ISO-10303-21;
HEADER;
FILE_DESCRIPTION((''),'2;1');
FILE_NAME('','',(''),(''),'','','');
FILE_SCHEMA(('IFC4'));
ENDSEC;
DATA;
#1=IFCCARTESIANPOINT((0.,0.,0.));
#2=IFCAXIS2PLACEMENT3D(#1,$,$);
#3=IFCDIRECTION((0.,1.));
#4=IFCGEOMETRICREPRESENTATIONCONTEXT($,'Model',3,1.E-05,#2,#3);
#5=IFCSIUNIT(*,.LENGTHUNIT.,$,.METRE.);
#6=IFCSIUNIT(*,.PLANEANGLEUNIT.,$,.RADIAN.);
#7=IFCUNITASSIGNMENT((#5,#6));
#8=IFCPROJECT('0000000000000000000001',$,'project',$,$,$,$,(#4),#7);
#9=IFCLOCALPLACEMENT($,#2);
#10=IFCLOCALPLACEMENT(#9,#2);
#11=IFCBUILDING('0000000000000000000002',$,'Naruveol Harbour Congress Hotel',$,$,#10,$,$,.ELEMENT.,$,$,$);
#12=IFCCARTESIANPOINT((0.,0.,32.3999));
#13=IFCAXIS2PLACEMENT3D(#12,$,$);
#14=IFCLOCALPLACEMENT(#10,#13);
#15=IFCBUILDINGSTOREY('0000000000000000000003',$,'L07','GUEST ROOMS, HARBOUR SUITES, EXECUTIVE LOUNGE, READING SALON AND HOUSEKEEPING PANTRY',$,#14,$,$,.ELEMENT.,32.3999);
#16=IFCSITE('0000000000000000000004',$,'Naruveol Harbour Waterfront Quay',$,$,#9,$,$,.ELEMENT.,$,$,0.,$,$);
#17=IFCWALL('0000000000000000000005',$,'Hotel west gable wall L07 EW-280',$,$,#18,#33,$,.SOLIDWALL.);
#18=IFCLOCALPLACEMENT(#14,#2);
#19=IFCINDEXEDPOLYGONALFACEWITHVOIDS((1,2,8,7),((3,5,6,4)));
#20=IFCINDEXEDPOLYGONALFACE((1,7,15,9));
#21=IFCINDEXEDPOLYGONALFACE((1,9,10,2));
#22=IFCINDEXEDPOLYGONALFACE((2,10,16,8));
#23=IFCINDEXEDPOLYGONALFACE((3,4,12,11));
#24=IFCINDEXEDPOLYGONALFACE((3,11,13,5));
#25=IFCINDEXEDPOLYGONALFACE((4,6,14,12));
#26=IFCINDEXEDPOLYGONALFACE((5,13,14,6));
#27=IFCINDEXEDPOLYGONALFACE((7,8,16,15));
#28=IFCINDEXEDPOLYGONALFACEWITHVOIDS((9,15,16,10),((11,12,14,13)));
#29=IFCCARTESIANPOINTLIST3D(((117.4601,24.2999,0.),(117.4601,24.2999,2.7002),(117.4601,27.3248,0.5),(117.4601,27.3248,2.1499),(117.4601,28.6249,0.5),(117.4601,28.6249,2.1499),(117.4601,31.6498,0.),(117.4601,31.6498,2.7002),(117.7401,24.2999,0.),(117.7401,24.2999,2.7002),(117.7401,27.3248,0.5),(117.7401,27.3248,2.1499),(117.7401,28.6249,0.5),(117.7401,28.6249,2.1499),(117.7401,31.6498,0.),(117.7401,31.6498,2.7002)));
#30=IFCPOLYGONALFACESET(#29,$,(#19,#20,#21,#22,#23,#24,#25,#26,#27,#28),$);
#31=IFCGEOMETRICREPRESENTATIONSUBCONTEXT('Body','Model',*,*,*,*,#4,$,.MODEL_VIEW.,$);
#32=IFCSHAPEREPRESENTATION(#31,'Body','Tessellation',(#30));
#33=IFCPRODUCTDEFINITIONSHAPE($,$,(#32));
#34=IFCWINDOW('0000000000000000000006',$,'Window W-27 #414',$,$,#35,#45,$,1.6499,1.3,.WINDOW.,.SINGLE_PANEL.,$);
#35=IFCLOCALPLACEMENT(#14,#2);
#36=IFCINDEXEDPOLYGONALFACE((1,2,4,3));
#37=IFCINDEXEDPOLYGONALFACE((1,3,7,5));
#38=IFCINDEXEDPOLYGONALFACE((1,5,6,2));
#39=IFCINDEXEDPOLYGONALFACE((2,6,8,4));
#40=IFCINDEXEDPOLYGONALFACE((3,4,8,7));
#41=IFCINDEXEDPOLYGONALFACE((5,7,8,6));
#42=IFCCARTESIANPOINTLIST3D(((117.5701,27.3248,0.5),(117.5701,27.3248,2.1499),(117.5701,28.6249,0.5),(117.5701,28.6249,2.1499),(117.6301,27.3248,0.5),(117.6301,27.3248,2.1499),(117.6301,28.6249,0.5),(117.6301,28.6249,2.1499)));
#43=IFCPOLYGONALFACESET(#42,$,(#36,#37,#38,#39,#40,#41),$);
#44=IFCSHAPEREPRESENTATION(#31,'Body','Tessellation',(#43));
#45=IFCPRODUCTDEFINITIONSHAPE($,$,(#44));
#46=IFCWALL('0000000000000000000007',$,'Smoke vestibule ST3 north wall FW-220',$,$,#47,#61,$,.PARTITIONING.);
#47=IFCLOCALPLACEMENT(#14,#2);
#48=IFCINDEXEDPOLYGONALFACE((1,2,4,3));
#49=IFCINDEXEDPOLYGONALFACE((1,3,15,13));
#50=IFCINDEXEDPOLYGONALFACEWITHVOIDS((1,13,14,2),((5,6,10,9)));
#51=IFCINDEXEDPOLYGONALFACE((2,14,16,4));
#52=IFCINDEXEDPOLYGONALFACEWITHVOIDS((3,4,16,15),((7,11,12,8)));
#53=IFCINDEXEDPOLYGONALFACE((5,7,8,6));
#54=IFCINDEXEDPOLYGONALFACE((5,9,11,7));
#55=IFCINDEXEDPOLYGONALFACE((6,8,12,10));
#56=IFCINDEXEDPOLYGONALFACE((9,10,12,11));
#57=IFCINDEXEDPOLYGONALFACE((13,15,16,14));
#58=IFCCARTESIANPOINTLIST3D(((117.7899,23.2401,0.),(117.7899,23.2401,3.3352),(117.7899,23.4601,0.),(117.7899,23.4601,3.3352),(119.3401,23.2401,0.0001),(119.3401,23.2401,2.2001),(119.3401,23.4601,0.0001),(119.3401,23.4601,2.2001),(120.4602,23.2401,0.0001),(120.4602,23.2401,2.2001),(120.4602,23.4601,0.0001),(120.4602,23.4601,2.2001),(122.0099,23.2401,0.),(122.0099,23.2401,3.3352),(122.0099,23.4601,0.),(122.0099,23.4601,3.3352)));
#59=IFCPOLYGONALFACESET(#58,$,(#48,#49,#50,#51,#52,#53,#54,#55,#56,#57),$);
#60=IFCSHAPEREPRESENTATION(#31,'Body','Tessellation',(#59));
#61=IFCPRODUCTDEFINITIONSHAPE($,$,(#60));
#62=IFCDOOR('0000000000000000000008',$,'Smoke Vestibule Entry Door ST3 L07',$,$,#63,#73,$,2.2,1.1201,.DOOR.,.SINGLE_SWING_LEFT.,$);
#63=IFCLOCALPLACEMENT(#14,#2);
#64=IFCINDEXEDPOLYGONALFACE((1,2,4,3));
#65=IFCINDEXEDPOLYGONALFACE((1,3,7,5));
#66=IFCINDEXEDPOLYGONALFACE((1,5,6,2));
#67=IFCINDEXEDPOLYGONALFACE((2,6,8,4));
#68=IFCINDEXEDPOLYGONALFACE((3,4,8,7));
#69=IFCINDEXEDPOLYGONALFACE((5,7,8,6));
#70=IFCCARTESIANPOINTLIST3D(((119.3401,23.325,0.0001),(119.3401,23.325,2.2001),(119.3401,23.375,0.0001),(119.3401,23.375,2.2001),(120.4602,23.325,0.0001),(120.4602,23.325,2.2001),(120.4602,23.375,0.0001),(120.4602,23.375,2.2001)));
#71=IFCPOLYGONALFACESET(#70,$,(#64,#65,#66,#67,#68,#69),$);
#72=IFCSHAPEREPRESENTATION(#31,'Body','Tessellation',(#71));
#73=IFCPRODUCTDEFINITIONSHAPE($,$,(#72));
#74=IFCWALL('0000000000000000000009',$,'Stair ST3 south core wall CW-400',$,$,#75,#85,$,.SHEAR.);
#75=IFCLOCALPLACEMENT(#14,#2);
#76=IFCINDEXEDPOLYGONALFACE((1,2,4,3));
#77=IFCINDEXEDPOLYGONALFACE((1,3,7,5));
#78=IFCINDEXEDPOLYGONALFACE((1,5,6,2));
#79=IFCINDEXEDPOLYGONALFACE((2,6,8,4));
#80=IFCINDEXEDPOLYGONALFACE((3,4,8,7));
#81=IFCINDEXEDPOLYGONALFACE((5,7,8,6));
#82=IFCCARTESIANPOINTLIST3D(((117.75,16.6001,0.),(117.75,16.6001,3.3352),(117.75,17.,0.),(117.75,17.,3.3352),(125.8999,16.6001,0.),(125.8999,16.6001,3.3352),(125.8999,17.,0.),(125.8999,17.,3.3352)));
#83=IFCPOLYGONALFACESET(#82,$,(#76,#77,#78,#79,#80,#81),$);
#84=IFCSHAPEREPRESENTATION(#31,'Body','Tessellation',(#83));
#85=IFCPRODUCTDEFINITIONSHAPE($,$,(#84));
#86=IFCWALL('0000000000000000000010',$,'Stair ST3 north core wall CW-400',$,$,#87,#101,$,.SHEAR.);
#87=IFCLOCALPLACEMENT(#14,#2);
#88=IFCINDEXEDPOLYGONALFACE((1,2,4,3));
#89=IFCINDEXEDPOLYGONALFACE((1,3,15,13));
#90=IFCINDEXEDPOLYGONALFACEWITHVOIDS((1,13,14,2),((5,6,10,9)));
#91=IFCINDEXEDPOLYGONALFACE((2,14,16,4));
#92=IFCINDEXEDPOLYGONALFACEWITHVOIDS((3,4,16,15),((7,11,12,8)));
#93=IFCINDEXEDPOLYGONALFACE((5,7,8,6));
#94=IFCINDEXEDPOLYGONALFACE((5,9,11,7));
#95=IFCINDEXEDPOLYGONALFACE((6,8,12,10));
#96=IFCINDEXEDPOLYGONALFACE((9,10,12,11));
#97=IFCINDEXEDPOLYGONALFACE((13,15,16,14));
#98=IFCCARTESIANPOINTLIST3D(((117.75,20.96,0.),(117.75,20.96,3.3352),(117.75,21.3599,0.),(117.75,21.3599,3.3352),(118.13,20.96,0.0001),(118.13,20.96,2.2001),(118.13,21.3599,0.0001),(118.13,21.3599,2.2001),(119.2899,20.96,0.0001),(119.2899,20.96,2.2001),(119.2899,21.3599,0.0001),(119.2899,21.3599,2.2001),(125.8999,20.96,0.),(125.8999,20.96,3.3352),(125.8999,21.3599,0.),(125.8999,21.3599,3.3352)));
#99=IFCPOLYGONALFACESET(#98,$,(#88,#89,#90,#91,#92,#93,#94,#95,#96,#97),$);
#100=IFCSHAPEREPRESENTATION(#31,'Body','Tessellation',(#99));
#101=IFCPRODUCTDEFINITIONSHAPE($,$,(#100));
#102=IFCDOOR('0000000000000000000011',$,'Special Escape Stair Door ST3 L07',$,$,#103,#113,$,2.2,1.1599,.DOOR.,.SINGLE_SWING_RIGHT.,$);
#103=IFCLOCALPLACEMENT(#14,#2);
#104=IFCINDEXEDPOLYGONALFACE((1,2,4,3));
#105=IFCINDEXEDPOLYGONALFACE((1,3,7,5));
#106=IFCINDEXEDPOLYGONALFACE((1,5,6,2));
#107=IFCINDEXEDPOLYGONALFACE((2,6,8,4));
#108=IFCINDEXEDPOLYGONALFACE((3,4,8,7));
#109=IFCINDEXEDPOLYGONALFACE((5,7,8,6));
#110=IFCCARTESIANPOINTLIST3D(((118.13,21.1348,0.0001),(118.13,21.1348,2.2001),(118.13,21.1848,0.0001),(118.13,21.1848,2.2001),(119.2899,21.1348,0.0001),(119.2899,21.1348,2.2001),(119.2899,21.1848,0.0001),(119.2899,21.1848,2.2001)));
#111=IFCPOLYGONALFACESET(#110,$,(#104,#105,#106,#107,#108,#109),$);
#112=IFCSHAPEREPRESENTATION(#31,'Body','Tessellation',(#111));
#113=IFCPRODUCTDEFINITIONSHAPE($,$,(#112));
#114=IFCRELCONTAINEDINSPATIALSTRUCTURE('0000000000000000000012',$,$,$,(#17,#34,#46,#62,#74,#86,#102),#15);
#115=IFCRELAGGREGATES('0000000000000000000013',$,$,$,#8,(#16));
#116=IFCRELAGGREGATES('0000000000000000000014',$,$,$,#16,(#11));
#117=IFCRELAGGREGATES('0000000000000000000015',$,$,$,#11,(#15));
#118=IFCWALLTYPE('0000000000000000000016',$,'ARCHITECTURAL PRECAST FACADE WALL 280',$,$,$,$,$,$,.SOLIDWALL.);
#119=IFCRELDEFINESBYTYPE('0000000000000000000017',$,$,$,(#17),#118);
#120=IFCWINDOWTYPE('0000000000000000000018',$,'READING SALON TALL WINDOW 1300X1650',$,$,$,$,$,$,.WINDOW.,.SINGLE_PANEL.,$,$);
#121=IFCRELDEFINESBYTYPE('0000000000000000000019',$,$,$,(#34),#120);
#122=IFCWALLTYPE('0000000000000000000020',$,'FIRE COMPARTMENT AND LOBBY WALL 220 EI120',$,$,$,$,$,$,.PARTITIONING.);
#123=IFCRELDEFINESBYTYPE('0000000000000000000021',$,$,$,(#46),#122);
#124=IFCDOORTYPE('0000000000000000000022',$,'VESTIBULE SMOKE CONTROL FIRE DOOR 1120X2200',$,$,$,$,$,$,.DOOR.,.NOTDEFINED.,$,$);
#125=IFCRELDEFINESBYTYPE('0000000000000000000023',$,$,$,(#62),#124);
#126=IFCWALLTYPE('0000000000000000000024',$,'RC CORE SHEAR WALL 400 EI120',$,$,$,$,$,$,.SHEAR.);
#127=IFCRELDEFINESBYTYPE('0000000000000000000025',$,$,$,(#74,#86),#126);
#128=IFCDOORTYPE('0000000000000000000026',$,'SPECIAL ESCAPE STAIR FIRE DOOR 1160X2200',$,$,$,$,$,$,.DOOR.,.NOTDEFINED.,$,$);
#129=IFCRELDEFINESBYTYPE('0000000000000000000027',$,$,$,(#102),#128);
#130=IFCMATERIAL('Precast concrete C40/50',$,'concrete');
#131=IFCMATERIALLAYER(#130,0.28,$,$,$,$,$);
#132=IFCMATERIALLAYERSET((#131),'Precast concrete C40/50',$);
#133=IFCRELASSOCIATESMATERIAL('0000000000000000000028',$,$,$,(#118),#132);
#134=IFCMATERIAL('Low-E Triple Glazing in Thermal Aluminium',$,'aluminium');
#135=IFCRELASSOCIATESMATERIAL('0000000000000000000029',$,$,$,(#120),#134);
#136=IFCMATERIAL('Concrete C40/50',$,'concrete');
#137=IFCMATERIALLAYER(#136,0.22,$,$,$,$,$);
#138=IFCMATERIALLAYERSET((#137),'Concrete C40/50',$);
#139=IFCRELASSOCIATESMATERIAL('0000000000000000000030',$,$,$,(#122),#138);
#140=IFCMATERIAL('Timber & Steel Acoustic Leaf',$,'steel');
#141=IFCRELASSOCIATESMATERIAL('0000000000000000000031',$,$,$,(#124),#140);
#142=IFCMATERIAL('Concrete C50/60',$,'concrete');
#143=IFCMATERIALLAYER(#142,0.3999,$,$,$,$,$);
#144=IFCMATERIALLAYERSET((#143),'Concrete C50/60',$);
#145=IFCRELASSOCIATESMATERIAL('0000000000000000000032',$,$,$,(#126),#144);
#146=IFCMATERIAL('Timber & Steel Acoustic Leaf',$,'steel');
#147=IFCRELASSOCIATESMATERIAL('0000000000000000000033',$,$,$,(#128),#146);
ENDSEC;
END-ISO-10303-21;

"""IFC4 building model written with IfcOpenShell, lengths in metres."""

from ifc_helpers import new_model, si_unit, direction, frame, frame_2d, origin, place, context, subcontext, project, spatial, rectangle, extrude, material, layer, layer_set, type_object, element, fill, save


model = new_model("IFC4")

# Units and contexts
model_context = context("Model", 3, precision=1e-05, world=origin(), true_north=direction((0.0, 1.0)))
body_context = subcontext(model_context, "Body", "Model", "MODEL_VIEW")
ifc_project = project(units=[si_unit("LENGTHUNIT", "METRE"), si_unit("PLANEANGLEUNIT", "RADIAN")], contexts=[model_context])

# Site, building, storey
site_placement = place(None, origin())
site = spatial("IfcSite", under=ifc_project, at=site_placement, Name="Naruveol Harbour Waterfront Quay", CompositionType="ELEMENT", RefElevation=0.0)
building_placement = place(site_placement, origin())
building = spatial("IfcBuilding", under=site, at=building_placement, Name="Naruveol Harbour Congress Hotel", CompositionType="ELEMENT")
storey_placement = place(building_placement, frame((0.0, 0.0, 32.3999)))
storey = spatial("IfcBuildingStorey", under=building, at=storey_placement, Name="L07", Description="GUEST ROOMS, HARBOUR SUITES, EXECUTIVE LOUNGE, READING SALON AND HOUSEKEEPING PANTRY", CompositionType="ELEMENT", Elevation=32.3999)

# Wall, opening, window
ifc_material_1 = material(Name="Precast concrete C40/50", Category="concrete")
ifc_layer_1 = layer(ifc_material_1, 0.28)
ifc_layer_set_1 = layer_set([ifc_layer_1], Name="Precast concrete C40/50")
wall_type_1 = type_object("IfcWallType", Name="ARCHITECTURAL PRECAST FACADE WALL 280", PredefinedType="SOLIDWALL", material=ifc_layer_set_1)
ifc_material_2 = material(Name="Low-E Triple Glazing in Thermal Aluminium", Category="aluminium")
window_type = type_object("IfcWindowType", Name="READING SALON TALL WINDOW 1300X1650", PartitioningType="SINGLE_PANEL", PredefinedType="WINDOW", material=ifc_material_2)
wall_1_placement = place(storey_placement, frame((117.6001, 24.3, 0.0), z_axis=(0.0, 0.0, 1.0), x_axis=(0.0, 1.0, 0.0)))
wall_1 = element("IfcWall", 1, at=wall_1_placement, inside=storey, type_object=wall_type_1, Name="Hotel west gable wall L07 EW-280", PredefinedType="SOLIDWALL", context=body_context, shape_type="SweptSolid", body=[
    extrude(rectangle(XDim=7.3499, YDim=0.28, at=frame_2d((3.6748, 0.0))), origin(), (0.0, 0.0, 1.0), 2.7002),
])
opening_1_placement = place(wall_1_placement, frame((3.0249, 0.0, 0.5)))
opening_1 = element("IfcOpeningElement", 2, at=opening_1_placement, cuts=wall_1, PredefinedType="OPENING", context=body_context, shape_type="SweptSolid", body=[
    extrude(rectangle(XDim=1.3, YDim=1.6499, at=frame_2d((0.6499, 0.825))), frame((0.0, 0.1499, 0.0), z_axis=(0.0, -1.0, 0.0), x_axis=(1.0, 0.0, 0.0)), (0.0, 0.0, 1.0), 0.3),
])
window_1_placement = place(opening_1_placement, origin())
window_1 = element("IfcWindow", 3, at=window_1_placement, inside=storey, type_object=window_type, Name="Window W-27 #414", OverallHeight=1.6499, OverallWidth=1.3, PartitioningType="SINGLE_PANEL", PredefinedType="WINDOW", context=body_context, shape_type="SweptSolid", body=[
    extrude(rectangle(XDim=1.3, YDim=1.6499, at=frame_2d((0.6499, 0.825))), frame((0.0, 0.03, 0.0), z_axis=(0.0, -1.0, 0.0), x_axis=(1.0, 0.0, 0.0)), (0.0, 0.0, 1.0), 0.0601),
])
fill(opening_1, window_1)

# Wall, opening, door
ifc_material_3 = material(Name="Concrete C40/50", Category="concrete")
ifc_layer_2 = layer(ifc_material_3, 0.22)
ifc_layer_set_2 = layer_set([ifc_layer_2], Name="Concrete C40/50")
wall_type_2 = type_object("IfcWallType", Name="FIRE COMPARTMENT AND LOBBY WALL 220 EI120", PredefinedType="PARTITIONING", material=ifc_layer_set_2)
wall_2_placement = place(storey_placement, frame((117.79, 23.3501, 0.0), z_axis=(0.0, 0.0, 1.0), x_axis=(1.0, 0.0, 0.0)))
wall_2 = element("IfcWall", 4, at=wall_2_placement, inside=storey, type_object=wall_type_2, Name="Smoke vestibule ST3 north wall FW-220", PredefinedType="PARTITIONING", context=body_context, shape_type="SweptSolid", body=[
    extrude(rectangle(XDim=4.22, YDim=0.22, at=frame_2d((2.1099, 0.0))), origin(), (0.0, 0.0, 1.0), 3.3352),
])
opening_2_placement = place(wall_2_placement, frame((1.55, 0.0, 0.0)))
opening_2 = element("IfcOpeningElement", 5, at=opening_2_placement, cuts=wall_2, PredefinedType="OPENING", context=body_context, shape_type="SweptSolid", body=[
    extrude(rectangle(XDim=1.1201, YDim=2.2, at=frame_2d((0.5601, 1.1001))), frame((0.0, 0.1199, 0.0), z_axis=(0.0, -1.0, 0.0), x_axis=(1.0, 0.0, 0.0)), (0.0, 0.0, 1.0), 0.24),
])
ifc_material_4 = material(Name="Timber & Steel Acoustic Leaf", Category="steel")
door_type_1 = type_object("IfcDoorType", Name="VESTIBULE SMOKE CONTROL FIRE DOOR 1120X2200", OperationType="NOTDEFINED", PredefinedType="DOOR", material=ifc_material_4)
door_1_placement = place(opening_2_placement, origin())
door_1 = element("IfcDoor", 6, at=door_1_placement, inside=storey, type_object=door_type_1, Name="Smoke Vestibule Entry Door ST3 L07", OperationType="SINGLE_SWING_LEFT", OverallHeight=2.2, OverallWidth=1.1201, PredefinedType="DOOR", context=body_context, shape_type="SweptSolid", body=[
    extrude(rectangle(XDim=1.1201, YDim=2.2, at=frame_2d((0.5601, 1.1001))), frame((0.0, 0.0249, 0.0), z_axis=(0.0, -1.0, 0.0), x_axis=(1.0, 0.0, 0.0)), (0.0, 0.0, 1.0), 0.05),
])
fill(opening_2, door_1)

# Wall
ifc_material_5 = material(Name="Concrete C50/60", Category="concrete")
ifc_layer_3 = layer(ifc_material_5, 0.3999)
ifc_layer_set_3 = layer_set([ifc_layer_3], Name="Concrete C50/60")
wall_type_3 = type_object("IfcWallType", Name="RC CORE SHEAR WALL 400 EI120", PredefinedType="SHEAR", material=ifc_layer_set_3)
wall_3_placement = place(storey_placement, frame((117.75, 16.8, 0.0), z_axis=(0.0, 0.0, 1.0), x_axis=(1.0, 0.0, 0.0)))
element("IfcWall", 7, at=wall_3_placement, inside=storey, type_object=wall_type_3, Name="Stair ST3 south core wall CW-400", PredefinedType="SHEAR", context=body_context, shape_type="SweptSolid", body=[
    extrude(rectangle(XDim=8.1499, YDim=0.3999, at=frame_2d((4.075, 0.0))), origin(), (0.0, 0.0, 1.0), 3.3352),
])

# Wall, opening, door
wall_4_placement = place(storey_placement, frame((117.75, 21.1599, 0.0), z_axis=(0.0, 0.0, 1.0), x_axis=(1.0, 0.0, 0.0)))
wall_4 = element("IfcWall", 8, at=wall_4_placement, inside=storey, type_object=wall_type_3, Name="Stair ST3 north core wall CW-400", PredefinedType="SHEAR", context=body_context, shape_type="SweptSolid", body=[
    extrude(rectangle(XDim=8.1499, YDim=0.3999, at=frame_2d((4.075, 0.0))), origin(), (0.0, 0.0, 1.0), 3.3352),
])
opening_3_placement = place(wall_4_placement, frame((0.3799, 0.0, 0.0)))
opening_3 = element("IfcOpeningElement", 9, at=opening_3_placement, cuts=wall_4, PredefinedType="OPENING", context=body_context, shape_type="SweptSolid", body=[
    extrude(rectangle(XDim=1.1599, YDim=2.2, at=frame_2d((0.5801, 1.1001))), frame((0.0, 0.21, 0.0), z_axis=(0.0, -1.0, 0.0), x_axis=(1.0, 0.0, 0.0)), (0.0, 0.0, 1.0), 0.4199),
])
ifc_material_6 = material(Name="Timber & Steel Acoustic Leaf", Category="steel")
door_type_2 = type_object("IfcDoorType", Name="SPECIAL ESCAPE STAIR FIRE DOOR 1160X2200", OperationType="NOTDEFINED", PredefinedType="DOOR", material=ifc_material_6)
door_2_placement = place(opening_3_placement, origin())
door_2 = element("IfcDoor", 10, at=door_2_placement, inside=storey, type_object=door_type_2, Name="Special Escape Stair Door ST3 L07", OperationType="SINGLE_SWING_RIGHT", OverallHeight=2.2, OverallWidth=1.1599, PredefinedType="DOOR", context=body_context, shape_type="SweptSolid", body=[
    extrude(rectangle(XDim=1.1599, YDim=2.2, at=frame_2d((0.5801, 1.1001))), frame((0.0, 0.0249, 0.0), z_axis=(0.0, -1.0, 0.0), x_axis=(1.0, 0.0, 0.0)), (0.0, 0.0, 1.0), 0.05),
])
fill(opening_3, door_2)

save(model, "model.ifc")
